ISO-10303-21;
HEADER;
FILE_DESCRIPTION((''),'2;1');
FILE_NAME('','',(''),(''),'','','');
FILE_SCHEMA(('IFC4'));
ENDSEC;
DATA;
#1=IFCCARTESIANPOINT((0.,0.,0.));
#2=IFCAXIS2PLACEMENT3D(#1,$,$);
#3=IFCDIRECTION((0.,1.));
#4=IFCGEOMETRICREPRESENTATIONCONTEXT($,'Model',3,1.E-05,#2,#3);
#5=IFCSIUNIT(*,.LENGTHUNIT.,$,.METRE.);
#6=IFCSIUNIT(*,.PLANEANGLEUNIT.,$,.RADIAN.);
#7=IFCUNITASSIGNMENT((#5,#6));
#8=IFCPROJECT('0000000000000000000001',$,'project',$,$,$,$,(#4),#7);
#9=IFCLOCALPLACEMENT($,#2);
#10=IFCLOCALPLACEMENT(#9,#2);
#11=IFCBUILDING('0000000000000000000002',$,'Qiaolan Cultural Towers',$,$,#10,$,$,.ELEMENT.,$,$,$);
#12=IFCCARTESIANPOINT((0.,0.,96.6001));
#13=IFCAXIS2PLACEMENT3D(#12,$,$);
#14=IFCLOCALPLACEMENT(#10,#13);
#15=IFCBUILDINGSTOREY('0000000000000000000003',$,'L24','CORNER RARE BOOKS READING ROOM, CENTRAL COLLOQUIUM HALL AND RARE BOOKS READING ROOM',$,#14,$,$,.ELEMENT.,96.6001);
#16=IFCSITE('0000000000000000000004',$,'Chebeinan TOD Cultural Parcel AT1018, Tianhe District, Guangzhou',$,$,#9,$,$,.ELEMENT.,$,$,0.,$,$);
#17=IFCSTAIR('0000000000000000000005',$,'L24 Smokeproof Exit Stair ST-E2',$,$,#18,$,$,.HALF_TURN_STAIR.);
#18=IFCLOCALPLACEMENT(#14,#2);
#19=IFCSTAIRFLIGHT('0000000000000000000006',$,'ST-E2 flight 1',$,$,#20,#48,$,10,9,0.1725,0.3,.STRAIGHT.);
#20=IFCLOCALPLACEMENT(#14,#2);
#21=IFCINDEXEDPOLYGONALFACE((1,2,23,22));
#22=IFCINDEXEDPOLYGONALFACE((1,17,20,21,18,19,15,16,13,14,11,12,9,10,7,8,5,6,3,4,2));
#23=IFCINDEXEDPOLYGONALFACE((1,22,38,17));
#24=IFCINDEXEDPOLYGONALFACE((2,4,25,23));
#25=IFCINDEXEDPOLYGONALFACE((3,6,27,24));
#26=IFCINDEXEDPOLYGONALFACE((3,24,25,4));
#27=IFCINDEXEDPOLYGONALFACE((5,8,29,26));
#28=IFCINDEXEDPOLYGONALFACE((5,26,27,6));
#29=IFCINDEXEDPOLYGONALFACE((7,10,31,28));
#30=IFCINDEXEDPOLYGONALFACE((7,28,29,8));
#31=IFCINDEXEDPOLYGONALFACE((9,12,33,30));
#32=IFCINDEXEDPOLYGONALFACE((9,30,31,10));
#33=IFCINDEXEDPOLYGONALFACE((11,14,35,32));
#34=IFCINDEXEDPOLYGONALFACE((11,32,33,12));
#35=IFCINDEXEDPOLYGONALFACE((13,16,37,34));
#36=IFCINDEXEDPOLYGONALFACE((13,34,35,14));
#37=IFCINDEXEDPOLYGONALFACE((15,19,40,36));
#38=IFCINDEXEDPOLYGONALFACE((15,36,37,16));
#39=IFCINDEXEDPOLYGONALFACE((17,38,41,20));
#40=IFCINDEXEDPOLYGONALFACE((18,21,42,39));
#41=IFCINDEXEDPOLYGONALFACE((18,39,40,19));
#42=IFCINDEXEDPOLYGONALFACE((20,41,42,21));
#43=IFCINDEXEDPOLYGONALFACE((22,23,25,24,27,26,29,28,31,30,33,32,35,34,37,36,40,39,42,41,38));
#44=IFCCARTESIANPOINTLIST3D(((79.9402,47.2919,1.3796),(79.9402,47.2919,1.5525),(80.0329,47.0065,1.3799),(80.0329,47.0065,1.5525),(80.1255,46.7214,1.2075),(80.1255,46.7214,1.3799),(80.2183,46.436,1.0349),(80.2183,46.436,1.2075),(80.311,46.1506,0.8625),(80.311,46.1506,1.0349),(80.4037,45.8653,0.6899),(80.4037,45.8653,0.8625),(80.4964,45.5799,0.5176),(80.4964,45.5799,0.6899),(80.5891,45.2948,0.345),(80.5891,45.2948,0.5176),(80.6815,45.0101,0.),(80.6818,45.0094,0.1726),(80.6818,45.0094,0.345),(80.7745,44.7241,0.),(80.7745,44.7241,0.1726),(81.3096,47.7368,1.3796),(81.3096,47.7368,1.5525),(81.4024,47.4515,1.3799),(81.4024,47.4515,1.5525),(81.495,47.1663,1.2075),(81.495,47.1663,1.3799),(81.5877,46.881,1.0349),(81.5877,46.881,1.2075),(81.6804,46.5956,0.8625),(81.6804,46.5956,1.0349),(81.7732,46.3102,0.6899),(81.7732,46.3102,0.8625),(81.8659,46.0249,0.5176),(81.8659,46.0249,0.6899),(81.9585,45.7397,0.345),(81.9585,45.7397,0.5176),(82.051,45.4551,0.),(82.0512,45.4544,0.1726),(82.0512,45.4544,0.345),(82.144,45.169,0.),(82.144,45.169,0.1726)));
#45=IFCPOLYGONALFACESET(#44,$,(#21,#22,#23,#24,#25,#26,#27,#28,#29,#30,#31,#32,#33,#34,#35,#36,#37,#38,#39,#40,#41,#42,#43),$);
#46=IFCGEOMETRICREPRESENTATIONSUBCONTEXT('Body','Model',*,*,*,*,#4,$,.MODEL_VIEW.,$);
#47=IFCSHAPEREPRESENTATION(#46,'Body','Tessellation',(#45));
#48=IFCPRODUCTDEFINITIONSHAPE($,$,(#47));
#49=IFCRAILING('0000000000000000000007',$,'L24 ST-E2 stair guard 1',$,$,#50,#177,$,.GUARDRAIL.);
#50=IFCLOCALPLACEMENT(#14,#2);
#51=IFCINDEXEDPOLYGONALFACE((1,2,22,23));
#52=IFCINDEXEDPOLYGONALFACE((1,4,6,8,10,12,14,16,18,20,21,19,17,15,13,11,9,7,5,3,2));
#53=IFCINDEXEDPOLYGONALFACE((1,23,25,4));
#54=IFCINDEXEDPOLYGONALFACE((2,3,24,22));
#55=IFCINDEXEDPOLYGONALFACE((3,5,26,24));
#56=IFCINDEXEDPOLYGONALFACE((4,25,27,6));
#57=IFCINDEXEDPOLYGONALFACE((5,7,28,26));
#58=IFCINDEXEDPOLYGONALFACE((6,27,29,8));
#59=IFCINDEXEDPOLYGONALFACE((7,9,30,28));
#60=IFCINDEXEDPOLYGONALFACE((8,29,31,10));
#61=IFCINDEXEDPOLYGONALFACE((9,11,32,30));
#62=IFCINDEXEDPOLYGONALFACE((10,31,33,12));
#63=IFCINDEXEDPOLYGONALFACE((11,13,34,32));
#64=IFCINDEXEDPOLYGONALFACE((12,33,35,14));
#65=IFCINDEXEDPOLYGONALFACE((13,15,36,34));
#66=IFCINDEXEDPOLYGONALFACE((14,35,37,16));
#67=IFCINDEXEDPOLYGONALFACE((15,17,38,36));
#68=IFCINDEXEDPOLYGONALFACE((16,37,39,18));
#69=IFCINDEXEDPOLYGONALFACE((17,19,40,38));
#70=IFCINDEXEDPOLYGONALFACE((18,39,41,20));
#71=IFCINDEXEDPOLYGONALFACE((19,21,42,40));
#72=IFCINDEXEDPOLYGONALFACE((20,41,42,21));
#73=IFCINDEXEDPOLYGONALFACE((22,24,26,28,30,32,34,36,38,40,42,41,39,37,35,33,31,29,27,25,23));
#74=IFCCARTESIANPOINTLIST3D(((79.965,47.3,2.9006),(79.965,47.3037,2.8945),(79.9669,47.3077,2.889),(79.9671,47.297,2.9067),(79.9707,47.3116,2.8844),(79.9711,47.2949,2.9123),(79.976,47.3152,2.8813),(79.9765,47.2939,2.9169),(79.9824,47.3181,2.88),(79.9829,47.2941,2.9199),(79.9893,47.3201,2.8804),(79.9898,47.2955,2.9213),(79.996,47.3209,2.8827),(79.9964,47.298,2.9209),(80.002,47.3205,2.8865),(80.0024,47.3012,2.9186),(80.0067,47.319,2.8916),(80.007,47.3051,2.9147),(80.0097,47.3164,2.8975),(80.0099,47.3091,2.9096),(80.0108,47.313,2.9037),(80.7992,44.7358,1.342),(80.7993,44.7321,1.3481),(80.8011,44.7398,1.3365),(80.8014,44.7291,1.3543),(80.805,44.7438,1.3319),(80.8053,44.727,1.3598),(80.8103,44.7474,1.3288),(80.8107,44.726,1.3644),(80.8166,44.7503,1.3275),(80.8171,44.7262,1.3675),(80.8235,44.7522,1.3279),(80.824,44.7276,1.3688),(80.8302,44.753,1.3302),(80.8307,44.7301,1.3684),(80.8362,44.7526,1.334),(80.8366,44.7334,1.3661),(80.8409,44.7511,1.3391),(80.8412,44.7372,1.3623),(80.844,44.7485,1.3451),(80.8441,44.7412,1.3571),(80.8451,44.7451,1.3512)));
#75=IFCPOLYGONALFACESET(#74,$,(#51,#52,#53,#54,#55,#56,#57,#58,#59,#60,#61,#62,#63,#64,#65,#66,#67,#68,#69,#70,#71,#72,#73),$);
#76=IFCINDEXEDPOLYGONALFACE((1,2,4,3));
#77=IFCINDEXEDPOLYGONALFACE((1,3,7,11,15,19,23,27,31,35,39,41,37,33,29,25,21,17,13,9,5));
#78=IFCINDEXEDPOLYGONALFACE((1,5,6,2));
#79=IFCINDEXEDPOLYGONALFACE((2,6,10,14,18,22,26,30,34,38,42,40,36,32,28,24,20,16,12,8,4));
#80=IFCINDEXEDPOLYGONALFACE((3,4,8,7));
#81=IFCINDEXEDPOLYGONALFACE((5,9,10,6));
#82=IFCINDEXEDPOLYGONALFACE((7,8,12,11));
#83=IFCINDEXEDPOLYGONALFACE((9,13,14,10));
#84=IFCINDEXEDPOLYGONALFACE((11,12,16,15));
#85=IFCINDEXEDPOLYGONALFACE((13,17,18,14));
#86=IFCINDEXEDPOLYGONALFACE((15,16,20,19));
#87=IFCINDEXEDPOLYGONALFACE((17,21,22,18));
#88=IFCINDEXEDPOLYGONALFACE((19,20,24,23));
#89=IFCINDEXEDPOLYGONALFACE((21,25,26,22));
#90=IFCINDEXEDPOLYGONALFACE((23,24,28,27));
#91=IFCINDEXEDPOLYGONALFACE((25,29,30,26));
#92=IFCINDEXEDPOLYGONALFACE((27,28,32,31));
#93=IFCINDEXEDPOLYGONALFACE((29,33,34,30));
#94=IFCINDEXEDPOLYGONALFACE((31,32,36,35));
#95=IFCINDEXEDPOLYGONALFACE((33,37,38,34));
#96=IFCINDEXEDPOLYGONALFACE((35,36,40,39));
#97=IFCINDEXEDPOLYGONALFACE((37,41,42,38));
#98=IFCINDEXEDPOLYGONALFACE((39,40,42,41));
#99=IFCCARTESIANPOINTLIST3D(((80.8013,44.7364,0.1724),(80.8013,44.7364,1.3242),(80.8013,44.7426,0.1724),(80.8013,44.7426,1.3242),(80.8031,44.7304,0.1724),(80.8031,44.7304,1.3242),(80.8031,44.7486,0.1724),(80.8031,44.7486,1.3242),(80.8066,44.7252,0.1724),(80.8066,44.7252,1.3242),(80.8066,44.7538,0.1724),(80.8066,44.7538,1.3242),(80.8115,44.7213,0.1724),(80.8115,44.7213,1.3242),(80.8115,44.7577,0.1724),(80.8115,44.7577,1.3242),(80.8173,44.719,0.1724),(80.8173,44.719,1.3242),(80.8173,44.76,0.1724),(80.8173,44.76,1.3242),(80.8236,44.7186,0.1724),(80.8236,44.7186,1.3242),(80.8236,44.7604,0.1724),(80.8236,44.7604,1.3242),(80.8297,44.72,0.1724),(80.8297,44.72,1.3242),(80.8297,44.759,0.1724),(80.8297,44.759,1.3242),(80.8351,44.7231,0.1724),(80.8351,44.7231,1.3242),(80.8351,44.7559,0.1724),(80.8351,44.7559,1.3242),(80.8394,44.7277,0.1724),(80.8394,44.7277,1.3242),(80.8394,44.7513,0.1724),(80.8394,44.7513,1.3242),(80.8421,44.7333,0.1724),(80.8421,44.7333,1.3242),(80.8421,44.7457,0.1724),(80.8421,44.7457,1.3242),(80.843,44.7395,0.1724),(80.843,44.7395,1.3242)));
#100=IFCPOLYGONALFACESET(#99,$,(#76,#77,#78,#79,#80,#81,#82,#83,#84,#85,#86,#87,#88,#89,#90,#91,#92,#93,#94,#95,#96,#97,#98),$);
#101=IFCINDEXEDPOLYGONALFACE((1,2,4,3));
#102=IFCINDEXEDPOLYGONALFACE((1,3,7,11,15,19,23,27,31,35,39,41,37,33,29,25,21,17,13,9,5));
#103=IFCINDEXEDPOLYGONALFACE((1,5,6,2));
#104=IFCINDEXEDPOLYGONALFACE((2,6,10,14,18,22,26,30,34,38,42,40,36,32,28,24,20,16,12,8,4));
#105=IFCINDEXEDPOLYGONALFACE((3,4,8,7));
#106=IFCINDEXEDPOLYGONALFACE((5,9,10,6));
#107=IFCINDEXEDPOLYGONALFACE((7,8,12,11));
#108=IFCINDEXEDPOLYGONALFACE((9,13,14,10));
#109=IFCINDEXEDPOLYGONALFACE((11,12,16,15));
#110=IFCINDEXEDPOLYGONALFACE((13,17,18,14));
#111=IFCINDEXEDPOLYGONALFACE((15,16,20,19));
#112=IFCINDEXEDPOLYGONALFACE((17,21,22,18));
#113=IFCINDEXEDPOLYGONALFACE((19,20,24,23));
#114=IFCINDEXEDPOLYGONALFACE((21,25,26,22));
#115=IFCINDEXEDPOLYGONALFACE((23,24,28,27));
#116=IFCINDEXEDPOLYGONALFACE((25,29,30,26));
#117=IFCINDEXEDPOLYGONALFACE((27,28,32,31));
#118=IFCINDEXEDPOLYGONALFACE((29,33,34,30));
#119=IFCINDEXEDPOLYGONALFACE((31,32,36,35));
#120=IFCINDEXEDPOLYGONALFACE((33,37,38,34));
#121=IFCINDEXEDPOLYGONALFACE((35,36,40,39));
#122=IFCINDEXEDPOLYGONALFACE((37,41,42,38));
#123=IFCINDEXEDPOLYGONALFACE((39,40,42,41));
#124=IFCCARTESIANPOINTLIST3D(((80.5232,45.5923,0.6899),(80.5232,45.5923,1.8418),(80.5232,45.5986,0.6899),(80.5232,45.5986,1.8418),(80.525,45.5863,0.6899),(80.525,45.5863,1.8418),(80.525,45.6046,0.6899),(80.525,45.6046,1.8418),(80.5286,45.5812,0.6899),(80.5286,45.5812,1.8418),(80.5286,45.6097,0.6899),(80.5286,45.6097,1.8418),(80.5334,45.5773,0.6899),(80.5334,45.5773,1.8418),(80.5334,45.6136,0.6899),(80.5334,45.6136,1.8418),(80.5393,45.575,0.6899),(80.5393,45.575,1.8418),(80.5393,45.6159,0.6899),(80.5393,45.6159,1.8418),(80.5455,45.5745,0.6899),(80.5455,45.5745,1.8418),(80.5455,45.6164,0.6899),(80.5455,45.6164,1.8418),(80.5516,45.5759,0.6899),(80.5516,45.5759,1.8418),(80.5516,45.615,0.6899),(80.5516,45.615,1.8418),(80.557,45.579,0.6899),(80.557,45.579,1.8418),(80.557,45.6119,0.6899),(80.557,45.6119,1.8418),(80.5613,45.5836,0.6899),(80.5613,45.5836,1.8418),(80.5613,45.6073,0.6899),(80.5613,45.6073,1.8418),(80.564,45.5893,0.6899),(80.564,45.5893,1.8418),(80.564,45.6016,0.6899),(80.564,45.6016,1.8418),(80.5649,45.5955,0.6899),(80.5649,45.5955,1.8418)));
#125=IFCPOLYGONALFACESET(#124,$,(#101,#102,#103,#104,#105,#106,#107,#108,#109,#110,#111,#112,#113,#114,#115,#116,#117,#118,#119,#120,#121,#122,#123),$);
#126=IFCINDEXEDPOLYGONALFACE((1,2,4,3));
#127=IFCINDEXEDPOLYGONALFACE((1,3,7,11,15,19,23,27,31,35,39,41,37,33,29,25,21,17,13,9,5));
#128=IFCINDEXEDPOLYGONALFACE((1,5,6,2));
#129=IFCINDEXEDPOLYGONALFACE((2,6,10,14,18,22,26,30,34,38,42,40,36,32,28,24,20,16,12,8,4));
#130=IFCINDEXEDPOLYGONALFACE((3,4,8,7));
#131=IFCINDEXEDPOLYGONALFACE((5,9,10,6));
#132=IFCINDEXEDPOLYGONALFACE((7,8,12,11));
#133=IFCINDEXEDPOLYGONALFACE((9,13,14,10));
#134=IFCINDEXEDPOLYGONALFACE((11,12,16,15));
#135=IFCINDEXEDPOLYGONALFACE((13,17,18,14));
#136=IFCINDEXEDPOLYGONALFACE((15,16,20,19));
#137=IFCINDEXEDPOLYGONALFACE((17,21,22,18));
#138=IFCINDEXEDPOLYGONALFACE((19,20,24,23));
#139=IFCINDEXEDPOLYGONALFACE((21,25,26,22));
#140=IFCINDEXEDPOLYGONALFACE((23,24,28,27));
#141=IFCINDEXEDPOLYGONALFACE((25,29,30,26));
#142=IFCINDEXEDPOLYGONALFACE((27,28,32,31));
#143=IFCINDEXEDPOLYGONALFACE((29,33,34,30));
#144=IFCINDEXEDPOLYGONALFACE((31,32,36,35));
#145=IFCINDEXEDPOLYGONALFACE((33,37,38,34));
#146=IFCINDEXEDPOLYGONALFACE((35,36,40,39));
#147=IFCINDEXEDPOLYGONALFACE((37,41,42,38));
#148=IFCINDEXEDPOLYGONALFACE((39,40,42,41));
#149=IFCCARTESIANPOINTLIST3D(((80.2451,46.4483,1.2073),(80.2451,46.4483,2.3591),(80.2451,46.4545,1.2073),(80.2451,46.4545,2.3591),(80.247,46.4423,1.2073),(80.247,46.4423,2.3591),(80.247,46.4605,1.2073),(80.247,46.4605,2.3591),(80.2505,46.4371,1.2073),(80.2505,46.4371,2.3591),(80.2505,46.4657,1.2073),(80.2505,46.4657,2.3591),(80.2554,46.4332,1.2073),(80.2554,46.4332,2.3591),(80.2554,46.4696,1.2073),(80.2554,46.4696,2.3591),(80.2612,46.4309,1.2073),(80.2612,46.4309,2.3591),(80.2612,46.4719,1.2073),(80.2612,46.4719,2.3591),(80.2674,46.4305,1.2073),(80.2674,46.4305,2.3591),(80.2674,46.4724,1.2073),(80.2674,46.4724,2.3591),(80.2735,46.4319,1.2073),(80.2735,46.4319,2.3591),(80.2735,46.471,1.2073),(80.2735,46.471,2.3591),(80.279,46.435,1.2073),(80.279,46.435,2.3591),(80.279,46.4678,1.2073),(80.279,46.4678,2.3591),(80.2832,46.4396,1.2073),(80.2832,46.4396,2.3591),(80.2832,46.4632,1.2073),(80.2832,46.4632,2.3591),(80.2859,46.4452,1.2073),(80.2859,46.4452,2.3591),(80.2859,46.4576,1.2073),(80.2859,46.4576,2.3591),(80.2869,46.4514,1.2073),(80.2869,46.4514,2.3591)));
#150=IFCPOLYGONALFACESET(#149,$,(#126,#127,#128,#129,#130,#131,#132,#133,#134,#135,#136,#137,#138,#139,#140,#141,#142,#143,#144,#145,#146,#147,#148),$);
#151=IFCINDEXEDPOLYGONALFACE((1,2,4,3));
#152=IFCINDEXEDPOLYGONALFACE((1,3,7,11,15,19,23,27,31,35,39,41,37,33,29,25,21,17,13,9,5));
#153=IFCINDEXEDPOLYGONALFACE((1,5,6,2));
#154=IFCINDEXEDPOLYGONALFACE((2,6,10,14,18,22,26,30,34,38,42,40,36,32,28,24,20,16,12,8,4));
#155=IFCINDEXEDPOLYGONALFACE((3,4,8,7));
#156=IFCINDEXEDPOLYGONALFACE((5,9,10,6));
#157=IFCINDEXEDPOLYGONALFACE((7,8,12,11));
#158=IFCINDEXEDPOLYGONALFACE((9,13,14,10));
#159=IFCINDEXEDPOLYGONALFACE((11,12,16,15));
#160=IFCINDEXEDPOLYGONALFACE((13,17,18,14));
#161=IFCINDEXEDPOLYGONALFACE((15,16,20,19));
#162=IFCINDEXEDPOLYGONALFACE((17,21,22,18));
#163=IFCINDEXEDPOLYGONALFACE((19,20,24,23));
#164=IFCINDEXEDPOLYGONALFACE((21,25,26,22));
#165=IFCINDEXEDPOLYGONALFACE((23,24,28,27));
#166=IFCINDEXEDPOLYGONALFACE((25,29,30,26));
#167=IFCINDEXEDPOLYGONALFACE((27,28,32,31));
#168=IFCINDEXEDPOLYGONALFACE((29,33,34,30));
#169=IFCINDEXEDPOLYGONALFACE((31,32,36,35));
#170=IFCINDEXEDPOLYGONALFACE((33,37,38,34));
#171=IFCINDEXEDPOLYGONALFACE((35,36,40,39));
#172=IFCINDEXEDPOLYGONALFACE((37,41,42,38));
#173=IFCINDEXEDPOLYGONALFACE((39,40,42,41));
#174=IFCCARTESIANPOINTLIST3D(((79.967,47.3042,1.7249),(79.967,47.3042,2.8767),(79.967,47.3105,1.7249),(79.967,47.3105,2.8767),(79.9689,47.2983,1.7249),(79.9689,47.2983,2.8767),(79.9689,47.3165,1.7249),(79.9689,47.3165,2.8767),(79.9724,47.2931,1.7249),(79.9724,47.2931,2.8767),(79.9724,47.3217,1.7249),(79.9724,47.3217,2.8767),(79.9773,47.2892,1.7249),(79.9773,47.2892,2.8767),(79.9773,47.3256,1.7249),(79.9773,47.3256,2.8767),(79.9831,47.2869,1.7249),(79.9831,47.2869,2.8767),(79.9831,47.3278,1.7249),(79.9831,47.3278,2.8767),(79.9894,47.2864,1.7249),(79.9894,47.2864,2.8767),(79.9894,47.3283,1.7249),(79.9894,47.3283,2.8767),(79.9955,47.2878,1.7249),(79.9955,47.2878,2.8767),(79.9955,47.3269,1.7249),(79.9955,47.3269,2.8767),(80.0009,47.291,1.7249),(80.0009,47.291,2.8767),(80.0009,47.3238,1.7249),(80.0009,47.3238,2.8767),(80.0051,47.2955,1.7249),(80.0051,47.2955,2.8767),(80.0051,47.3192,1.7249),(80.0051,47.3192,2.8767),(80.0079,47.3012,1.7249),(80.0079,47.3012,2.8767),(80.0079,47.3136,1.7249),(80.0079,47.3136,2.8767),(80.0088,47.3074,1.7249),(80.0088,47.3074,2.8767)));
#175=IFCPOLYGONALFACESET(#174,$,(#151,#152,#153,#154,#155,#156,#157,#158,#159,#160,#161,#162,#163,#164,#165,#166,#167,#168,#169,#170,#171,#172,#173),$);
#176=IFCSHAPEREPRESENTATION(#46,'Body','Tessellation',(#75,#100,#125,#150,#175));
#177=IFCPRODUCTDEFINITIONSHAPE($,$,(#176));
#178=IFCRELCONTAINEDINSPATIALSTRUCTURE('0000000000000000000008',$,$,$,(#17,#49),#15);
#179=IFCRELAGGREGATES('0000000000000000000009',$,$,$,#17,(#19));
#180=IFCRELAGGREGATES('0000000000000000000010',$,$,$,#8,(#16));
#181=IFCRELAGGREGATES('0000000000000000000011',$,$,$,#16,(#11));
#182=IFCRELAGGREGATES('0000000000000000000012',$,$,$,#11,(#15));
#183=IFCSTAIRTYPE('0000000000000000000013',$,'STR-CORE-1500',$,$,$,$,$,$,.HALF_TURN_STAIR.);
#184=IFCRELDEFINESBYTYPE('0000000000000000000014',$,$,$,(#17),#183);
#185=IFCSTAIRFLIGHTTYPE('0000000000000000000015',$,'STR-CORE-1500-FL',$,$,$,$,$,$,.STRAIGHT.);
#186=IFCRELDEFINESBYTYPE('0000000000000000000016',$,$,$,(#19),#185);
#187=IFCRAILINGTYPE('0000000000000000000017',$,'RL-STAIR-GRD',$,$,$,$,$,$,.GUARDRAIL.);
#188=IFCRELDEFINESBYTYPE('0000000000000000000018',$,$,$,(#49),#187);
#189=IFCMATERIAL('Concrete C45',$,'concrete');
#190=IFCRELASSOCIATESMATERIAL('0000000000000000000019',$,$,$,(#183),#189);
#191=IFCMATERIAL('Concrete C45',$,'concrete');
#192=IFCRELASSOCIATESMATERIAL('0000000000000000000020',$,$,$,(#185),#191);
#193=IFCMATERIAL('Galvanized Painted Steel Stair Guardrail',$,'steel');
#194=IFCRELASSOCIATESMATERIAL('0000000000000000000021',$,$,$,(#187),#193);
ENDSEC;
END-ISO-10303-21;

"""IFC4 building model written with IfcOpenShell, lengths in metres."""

from ifc_helpers import new_model, si_unit, direction, frame, origin, origin_2d, place, context, subcontext, project, spatial, polyline, circle, outline, extrude, material, type_object, element, aggregate, save


model = new_model("IFC4")

# Units and contexts
model_context = context("Model", 3, precision=1e-05, world=origin(), true_north=direction((0.0, 1.0)))
body_context = subcontext(model_context, "Body", "Model", "MODEL_VIEW")
ifc_project = project(units=[si_unit("LENGTHUNIT", "METRE"), si_unit("PLANEANGLEUNIT", "RADIAN")], contexts=[model_context])

# Site, building, storey
site_placement = place(None, origin())
site = spatial("IfcSite", under=ifc_project, at=site_placement, Name="Chebeinan TOD Cultural Parcel AT1018, Tianhe District, Guangzhou", CompositionType="ELEMENT", RefElevation=0.0)
building_placement = place(site_placement, origin())
building = spatial("IfcBuilding", under=site, at=building_placement, Name="Qiaolan Cultural Towers", CompositionType="ELEMENT")
storey_placement = place(building_placement, frame((0.0, 0.0, 96.6001)))
storey = spatial("IfcBuildingStorey", under=building, at=storey_placement, Name="L24", Description="CORNER RARE BOOKS READING ROOM, CENTRAL COLLOQUIUM HALL AND RARE BOOKS READING ROOM", CompositionType="ELEMENT", Elevation=96.6001)

# Stair, stair flight
ifc_material_1 = material(Name="Concrete C45", Category="concrete")
stair_type = type_object("IfcStairType", Name="STR-CORE-1500", PredefinedType="HALF_TURN_STAIR", material=ifc_material_1)
stair_placement = place(storey_placement, origin())
stair = element("IfcStair", 1, at=stair_placement, inside=storey, type_object=stair_type, Name="L24 Smokeproof Exit Stair ST-E2", PredefinedType="HALF_TURN_STAIR")
ifc_material_2 = material(Name="Concrete C45", Category="concrete")
stair_flight_type = type_object("IfcStairFlightType", Name="STR-CORE-1500-FL", PredefinedType="STRAIGHT", material=ifc_material_2)
stair_flight_placement = place(storey_placement, frame((81.4592, 44.9465, 0.0), z_axis=(0.0, 0.0, 1.0), x_axis=(-0.309017, 0.951057, 0.0)))
stair_flight = element("IfcStairFlight", 2, at=stair_flight_placement, type_object=stair_flight_type, Name="ST-E2 flight 1", NumberOfRisers=10, NumberOfTreads=9, PredefinedType="STRAIGHT", RiserHeight=0.1725, TreadLength=0.3, context=body_context, shape_type="SweptSolid", body=[
    extrude(outline(polyline([(0.0, 0.0), (0.0, 0.1726), (0.3, 0.1726), (0.3, 0.345), (0.6001, 0.345), (0.6001, 0.5176), (0.8999, 0.5176), (0.8999, 0.6899), (1.2, 0.6899), (1.2, 0.8625), (1.5, 0.8625), (1.5, 1.0349), (1.8, 1.0349), (1.8, 1.2075), (2.1001, 1.2075), (2.1001, 1.3799), (2.3999, 1.3799), (2.3999, 1.5525), (2.7, 1.5525), (2.7, 1.7251), (2.7, 1.3796), (0.3008, 0.0), (0.0, 0.0)])), frame((0.0, 0.72, 0.0), z_axis=(0.0, -1.0, 0.0), x_axis=(1.0, 0.0, 0.0)), (0.0, 0.0, 1.0), 1.4399),
])
aggregate(stair, [stair_flight])

# Railing
ifc_material_3 = material(Name="Galvanized Painted Steel Stair Guardrail", Category="steel")
railing_type_1 = type_object("IfcRailingType", Name="RL-STAIR-GRD", PredefinedType="GUARDRAIL", material=ifc_material_3)
railing_1_placement = place(storey_placement, frame((80.822, 44.7395, 0.1724)))
element("IfcRailing", 3, at=railing_1_placement, inside=storey, type_object=railing_type_1, Name="L24 ST-E2 stair guard 1", PredefinedType="GUARDRAIL", context=body_context, shape_type="SweptSolid", body=[
    extrude(circle(Radius=0.0239, at=origin_2d()), frame((0.0, 0.0, 1.1758), z_axis=(-0.267853, 0.824488, 0.498471), x_axis=(-0.95107, -0.308976, 0.0)), (0.0, 0.0, 1.0), 3.1145),
    extrude(circle(Radius=0.021, at=origin_2d()), origin(), (0.0, 0.0, 1.0), 1.1519),
    extrude(circle(Radius=0.021, at=origin_2d()), frame((-0.2781, 0.856, 0.5176)), (0.0, 0.0, 1.0), 1.1519),
    extrude(circle(Radius=0.021, at=origin_2d()), frame((-0.5562, 1.7119, 1.0349)), (0.0, 0.0, 1.0), 1.1519),
    extrude(circle(Radius=0.021, at=origin_2d()), frame((-0.8342, 2.5679, 1.5525)), (0.0, 0.0, 1.0), 1.1519),
])

save(model, "model.ifc")
